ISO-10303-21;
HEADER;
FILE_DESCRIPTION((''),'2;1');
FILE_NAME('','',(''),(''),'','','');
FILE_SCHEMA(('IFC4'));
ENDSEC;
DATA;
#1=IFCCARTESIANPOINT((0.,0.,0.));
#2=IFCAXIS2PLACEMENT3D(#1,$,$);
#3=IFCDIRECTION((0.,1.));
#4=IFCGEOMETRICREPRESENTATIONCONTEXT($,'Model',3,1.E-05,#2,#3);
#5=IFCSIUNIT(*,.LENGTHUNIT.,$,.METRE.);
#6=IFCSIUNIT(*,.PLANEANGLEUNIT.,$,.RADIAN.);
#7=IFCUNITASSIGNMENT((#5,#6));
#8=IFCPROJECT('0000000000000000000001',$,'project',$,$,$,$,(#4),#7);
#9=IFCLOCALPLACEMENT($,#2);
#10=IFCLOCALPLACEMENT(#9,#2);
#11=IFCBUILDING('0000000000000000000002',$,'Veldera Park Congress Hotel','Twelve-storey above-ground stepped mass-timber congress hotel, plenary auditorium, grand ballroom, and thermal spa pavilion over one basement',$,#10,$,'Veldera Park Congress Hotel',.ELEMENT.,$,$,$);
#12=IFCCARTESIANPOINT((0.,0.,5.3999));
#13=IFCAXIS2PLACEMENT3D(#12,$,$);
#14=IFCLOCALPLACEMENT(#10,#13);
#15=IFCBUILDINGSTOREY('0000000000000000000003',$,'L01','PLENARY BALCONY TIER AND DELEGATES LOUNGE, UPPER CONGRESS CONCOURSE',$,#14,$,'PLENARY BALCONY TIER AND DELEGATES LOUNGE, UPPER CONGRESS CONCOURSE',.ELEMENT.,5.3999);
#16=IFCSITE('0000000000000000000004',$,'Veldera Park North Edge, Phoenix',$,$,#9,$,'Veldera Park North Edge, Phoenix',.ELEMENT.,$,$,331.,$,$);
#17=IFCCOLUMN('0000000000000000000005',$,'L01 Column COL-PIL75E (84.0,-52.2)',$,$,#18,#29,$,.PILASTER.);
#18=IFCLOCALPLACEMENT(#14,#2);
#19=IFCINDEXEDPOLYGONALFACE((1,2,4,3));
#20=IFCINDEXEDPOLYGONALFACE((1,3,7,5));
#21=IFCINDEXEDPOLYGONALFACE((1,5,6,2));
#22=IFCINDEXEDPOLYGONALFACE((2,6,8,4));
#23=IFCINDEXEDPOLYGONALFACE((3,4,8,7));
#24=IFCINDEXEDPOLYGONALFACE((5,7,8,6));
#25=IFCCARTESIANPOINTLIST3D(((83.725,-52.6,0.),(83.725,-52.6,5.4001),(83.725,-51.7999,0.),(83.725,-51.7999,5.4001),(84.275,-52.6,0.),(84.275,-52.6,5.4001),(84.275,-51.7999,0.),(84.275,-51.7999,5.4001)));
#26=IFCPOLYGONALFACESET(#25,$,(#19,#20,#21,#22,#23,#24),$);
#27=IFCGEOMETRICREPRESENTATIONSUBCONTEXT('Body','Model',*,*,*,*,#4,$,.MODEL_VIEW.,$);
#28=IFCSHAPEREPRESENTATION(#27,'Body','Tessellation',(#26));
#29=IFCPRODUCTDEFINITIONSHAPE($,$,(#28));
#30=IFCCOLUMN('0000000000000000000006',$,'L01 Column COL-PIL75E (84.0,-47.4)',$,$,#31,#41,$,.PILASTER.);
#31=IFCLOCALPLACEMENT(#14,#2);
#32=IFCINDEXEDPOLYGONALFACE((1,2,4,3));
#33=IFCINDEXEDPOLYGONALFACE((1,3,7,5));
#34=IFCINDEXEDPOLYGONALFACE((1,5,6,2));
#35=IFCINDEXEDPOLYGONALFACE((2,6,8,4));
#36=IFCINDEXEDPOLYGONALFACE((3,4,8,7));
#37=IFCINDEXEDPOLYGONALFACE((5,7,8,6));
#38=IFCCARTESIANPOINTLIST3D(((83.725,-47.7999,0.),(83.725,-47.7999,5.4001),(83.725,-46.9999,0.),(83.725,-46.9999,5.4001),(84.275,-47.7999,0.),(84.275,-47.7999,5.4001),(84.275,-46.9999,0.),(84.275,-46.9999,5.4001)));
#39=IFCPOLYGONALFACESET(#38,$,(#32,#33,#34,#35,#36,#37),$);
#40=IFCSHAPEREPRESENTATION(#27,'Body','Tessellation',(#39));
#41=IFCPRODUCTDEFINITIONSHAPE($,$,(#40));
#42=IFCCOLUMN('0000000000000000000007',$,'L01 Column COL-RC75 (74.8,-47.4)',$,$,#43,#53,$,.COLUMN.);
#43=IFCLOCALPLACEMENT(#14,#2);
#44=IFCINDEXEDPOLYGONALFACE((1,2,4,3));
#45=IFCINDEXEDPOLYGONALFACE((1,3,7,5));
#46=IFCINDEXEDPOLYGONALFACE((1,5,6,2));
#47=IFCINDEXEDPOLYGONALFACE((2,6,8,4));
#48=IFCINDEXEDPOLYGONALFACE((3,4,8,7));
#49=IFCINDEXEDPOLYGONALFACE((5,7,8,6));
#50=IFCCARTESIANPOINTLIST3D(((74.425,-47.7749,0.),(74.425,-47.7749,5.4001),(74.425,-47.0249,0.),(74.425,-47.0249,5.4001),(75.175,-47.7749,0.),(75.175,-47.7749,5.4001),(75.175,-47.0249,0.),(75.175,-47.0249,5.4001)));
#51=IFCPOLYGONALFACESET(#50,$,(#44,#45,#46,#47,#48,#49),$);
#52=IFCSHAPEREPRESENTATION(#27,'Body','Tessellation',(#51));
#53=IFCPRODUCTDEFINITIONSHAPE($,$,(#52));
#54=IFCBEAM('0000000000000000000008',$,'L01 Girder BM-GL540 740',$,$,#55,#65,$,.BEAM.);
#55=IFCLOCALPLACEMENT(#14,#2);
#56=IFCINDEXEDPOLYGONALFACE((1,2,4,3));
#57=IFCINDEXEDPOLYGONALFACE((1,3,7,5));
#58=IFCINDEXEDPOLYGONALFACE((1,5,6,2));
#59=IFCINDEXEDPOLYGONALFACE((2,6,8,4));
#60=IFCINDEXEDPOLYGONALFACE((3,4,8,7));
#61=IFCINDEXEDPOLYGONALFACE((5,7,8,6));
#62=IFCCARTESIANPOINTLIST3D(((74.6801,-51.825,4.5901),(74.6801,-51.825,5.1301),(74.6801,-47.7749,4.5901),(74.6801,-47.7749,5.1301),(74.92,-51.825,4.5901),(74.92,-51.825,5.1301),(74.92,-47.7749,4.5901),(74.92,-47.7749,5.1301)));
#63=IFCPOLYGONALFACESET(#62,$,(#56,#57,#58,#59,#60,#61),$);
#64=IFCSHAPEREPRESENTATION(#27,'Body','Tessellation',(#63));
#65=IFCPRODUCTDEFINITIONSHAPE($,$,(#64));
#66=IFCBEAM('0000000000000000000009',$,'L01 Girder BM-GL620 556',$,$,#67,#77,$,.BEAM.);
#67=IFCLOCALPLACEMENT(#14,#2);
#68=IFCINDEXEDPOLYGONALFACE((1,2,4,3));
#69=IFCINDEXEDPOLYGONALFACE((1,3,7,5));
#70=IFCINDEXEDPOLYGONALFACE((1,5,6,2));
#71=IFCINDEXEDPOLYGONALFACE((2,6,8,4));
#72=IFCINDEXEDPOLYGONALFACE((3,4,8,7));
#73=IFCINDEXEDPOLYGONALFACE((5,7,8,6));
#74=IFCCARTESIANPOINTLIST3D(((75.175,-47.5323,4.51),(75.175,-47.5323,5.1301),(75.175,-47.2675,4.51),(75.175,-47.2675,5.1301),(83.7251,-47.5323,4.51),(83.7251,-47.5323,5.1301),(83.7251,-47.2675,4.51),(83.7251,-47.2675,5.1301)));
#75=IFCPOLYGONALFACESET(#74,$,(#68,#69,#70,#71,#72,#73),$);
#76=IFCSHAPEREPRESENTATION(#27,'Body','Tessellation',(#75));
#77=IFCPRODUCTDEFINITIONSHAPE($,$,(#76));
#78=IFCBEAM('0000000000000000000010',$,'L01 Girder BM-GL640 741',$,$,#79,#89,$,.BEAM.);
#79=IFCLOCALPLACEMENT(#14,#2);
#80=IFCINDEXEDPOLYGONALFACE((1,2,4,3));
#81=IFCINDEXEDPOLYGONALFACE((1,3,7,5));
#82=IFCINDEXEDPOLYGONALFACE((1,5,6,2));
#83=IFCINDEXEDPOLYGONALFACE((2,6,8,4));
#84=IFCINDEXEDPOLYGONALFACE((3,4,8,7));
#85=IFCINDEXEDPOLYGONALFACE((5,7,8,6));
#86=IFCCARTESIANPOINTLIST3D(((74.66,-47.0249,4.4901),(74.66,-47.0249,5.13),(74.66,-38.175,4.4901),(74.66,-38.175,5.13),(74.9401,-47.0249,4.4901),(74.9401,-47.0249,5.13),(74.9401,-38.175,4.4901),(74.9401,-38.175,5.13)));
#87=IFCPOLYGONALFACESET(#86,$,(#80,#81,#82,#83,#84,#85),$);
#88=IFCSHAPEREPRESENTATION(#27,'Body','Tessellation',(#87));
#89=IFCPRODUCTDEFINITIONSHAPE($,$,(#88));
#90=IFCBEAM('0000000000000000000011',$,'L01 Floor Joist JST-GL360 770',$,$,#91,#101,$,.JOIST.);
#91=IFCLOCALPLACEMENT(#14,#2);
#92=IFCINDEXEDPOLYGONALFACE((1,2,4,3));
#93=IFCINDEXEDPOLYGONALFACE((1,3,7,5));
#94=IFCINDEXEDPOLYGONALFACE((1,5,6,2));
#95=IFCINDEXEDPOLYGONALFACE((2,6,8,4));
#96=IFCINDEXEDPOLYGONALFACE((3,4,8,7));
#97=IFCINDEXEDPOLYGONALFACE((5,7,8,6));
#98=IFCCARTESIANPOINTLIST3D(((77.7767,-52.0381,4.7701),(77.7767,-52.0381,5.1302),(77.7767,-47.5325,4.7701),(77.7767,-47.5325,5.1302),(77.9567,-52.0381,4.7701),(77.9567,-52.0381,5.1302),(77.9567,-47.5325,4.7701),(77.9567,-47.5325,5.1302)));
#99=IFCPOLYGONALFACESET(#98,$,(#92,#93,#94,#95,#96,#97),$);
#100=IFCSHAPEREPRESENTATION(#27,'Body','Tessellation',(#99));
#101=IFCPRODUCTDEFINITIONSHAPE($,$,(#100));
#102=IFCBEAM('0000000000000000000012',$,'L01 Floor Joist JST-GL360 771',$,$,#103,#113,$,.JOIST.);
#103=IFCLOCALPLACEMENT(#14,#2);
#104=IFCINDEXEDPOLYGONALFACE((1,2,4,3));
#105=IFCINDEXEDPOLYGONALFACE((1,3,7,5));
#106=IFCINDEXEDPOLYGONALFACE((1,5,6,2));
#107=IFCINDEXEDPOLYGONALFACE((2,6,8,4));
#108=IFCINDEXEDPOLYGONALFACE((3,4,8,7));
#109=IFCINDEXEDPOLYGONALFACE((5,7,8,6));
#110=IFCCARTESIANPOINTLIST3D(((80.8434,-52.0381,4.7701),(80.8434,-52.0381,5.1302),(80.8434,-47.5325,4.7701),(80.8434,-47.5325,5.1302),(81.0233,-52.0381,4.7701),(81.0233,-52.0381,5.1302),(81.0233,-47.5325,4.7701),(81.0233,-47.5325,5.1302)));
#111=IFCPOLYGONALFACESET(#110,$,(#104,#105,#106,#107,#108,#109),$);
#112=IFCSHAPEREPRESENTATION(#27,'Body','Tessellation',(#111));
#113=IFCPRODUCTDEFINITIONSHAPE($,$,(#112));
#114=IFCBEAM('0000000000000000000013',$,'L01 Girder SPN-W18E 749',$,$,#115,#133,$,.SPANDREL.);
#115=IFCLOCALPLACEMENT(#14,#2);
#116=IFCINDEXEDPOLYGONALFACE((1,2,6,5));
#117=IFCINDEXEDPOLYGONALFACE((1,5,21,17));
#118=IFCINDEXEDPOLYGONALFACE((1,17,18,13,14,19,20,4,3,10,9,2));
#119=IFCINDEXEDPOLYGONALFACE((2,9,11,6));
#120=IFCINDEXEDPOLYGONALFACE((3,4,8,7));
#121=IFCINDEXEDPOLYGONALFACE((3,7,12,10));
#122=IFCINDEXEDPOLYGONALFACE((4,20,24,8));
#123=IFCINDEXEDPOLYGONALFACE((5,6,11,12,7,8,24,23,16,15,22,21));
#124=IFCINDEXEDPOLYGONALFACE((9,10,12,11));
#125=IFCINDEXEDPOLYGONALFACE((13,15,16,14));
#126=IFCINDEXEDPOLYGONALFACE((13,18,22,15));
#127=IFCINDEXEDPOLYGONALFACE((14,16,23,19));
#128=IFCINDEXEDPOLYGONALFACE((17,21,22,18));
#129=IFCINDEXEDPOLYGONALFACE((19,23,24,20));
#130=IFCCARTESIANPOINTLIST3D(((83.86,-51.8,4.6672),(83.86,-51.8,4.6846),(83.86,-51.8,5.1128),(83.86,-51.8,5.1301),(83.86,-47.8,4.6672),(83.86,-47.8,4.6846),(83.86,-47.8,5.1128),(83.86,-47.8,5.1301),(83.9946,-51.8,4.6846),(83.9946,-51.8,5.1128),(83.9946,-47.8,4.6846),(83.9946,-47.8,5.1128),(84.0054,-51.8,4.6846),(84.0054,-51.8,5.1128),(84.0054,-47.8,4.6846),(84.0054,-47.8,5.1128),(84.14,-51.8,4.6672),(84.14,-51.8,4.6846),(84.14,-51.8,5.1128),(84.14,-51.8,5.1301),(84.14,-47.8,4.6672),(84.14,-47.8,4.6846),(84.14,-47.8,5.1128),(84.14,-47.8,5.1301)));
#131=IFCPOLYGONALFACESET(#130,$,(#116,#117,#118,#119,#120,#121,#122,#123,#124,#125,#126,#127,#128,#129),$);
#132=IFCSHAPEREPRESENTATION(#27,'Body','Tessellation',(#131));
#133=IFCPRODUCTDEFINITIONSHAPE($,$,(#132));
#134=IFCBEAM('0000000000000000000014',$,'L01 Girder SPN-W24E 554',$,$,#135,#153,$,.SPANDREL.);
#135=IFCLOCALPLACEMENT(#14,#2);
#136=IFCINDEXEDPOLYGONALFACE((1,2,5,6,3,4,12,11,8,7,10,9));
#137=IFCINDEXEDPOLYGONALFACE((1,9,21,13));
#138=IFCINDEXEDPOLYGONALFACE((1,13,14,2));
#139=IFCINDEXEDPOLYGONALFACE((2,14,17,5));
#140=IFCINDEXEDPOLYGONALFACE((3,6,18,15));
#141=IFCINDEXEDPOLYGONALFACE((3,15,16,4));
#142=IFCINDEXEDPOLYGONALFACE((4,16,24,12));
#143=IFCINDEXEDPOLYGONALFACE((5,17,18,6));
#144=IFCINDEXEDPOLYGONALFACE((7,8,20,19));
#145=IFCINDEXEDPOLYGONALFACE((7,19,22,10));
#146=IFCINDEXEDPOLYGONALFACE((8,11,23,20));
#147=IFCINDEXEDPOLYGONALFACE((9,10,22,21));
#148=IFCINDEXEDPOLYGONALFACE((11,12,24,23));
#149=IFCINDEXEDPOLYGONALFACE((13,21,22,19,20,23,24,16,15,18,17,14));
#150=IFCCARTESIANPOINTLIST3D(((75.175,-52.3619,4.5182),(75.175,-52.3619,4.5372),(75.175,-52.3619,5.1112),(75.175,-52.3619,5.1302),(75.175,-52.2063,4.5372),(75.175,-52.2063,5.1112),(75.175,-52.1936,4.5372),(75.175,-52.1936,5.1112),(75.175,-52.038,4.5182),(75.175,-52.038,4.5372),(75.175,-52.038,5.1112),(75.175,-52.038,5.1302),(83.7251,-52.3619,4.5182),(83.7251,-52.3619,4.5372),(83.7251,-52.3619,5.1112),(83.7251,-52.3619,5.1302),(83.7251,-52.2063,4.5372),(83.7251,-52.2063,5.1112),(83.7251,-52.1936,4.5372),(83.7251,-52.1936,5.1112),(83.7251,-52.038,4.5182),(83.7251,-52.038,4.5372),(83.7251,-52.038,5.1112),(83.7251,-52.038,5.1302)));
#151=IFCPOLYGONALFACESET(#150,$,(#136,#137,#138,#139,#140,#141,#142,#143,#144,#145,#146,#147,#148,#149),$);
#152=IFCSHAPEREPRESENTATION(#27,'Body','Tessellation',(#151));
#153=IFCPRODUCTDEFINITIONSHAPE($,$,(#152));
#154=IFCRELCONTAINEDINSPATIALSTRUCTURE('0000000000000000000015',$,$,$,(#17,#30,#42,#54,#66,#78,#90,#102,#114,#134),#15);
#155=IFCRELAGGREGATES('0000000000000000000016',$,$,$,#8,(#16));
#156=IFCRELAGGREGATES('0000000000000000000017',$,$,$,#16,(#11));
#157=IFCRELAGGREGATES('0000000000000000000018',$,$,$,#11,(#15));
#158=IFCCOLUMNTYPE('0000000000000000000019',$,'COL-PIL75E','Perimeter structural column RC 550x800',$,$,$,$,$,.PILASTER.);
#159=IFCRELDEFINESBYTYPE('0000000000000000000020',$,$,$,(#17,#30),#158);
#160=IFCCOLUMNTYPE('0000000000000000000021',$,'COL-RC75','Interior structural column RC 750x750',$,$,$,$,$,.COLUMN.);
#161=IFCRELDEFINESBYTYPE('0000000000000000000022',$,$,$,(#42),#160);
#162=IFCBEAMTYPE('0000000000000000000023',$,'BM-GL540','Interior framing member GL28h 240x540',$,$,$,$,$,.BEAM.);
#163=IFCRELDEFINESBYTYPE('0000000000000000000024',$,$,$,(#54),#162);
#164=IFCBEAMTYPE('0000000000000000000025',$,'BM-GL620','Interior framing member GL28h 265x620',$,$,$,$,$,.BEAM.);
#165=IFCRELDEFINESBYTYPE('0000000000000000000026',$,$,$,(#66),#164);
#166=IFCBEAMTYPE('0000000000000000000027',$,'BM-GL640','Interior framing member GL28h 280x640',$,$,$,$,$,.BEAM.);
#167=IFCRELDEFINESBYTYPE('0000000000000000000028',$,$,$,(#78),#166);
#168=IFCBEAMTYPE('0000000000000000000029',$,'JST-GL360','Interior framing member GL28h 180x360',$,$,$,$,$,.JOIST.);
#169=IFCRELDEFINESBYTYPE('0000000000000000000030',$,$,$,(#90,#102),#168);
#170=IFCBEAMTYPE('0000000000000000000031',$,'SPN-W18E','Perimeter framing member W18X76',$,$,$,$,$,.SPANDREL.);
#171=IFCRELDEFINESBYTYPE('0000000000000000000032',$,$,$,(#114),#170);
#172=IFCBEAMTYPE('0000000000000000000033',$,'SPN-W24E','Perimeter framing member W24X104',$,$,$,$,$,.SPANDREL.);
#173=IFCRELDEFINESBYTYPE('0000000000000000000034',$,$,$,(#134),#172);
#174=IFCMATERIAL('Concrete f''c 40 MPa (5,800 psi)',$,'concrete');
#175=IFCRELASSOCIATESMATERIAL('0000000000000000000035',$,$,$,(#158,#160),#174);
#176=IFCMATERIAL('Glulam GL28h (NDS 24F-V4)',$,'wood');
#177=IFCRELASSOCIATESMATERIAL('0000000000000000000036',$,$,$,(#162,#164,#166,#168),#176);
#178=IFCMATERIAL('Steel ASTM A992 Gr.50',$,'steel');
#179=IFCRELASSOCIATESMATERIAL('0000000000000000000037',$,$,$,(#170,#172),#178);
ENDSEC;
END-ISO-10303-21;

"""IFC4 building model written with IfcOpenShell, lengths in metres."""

from ifc_helpers import new_model, si_unit, direction, frame, origin, origin_2d, place, context, subcontext, project, spatial, rectangle, i_section, extrude, material, material_profile, profile_set, type_object, element, save


model = new_model("IFC4")

# Units and contexts
model_context = context("Model", 3, precision=1e-05, world=origin(), true_north=direction((0.0, 1.0)))
body_context = subcontext(model_context, "Body", "Model", "MODEL_VIEW")
ifc_project = project(units=[si_unit("LENGTHUNIT", "METRE"), si_unit("PLANEANGLEUNIT", "RADIAN")], contexts=[model_context])

# Site, building, storey
site_placement = place(None, origin())
site = spatial("IfcSite", under=ifc_project, at=site_placement, Name="Veldera Park North Edge, Phoenix", LongName="Veldera Park North Edge, Phoenix", CompositionType="ELEMENT", RefElevation=331.0)
building_placement = place(site_placement, origin())
building = spatial("IfcBuilding", under=site, at=building_placement, Name="Veldera Park Congress Hotel", Description="Twelve-storey above-ground stepped mass-timber congress hotel, plenary auditorium, grand ballroom, and thermal spa pavilion over one basement", LongName="Veldera Park Congress Hotel", CompositionType="ELEMENT")
storey_placement = place(building_placement, frame((0.0, 0.0, 5.3999)))
storey = spatial("IfcBuildingStorey", under=building, at=storey_placement, Name="L01", Description="PLENARY BALCONY TIER AND DELEGATES LOUNGE, UPPER CONGRESS CONCOURSE", LongName="PLENARY BALCONY TIER AND DELEGATES LOUNGE, UPPER CONGRESS CONCOURSE", CompositionType="ELEMENT", Elevation=5.3999)

# Columns
ifc_material_1 = material(Name="Concrete f'c 40 MPa (5,800 psi)", Category="concrete")
ifc_material_profile_1 = material_profile(ifc_material_1, rectangle(XDim=0.55, YDim=0.8, at=origin_2d()), Name="RC 550x800")
ifc_profile_set_1 = profile_set([ifc_material_profile_1], Name="Concrete f'c 40 MPa (5,800 psi)")
column_type_1 = type_object("IfcColumnType", Name="COL-PIL75E", Description="Perimeter structural column RC 550x800", PredefinedType="PILASTER", material=ifc_profile_set_1)
for number, where, z_axis, x_axis, name in (
    (1, (84.0, -52.2, 0.0), (0.0, 0.0, 1.0), (1.0, 0.0, 0.0), "L01 Column COL-PIL75E (84.0,-52.2)"),
    (2, (84.0, -47.3999, 0.0), (0.0, 0.0, 1.0), (1.0, 0.0, 0.0), "L01 Column COL-PIL75E (84.0,-47.4)"),
):
    element("IfcColumn", number, at=place(storey_placement, frame(where, z_axis=z_axis, x_axis=x_axis)), inside=storey, type_object=column_type_1, Name=name, PredefinedType="PILASTER", context=body_context, shape_type="SweptSolid", body=[
        extrude(rectangle(XDim=0.55, YDim=0.8, at=origin_2d()), origin(), (0.0, 0.0, 1.0), 5.4001),
    ])
ifc_material_profile_2 = material_profile(ifc_material_1, rectangle(XDim=0.75, YDim=0.75, at=origin_2d()), Name="RC 750x750")
ifc_profile_set_2 = profile_set([ifc_material_profile_2], Name="Concrete f'c 40 MPa (5,800 psi)")
column_type_2 = type_object("IfcColumnType", Name="COL-RC75", Description="Interior structural column RC 750x750", PredefinedType="COLUMN", material=ifc_profile_set_2)
column_placement = place(storey_placement, frame((74.8, -47.3999, 0.0), z_axis=(0.0, 0.0, 1.0), x_axis=(1.0, 0.0, 0.0)))
element("IfcColumn", 3, at=column_placement, inside=storey, type_object=column_type_2, Name="L01 Column COL-RC75 (74.8,-47.4)", PredefinedType="COLUMN", context=body_context, shape_type="SweptSolid", body=[
    extrude(rectangle(XDim=0.75, YDim=0.75, at=origin_2d()), origin(), (0.0, 0.0, 1.0), 5.4001),
])

# Beams
ifc_material_2 = material(Name="Glulam GL28h (NDS 24F-V4)", Category="wood")
ifc_material_profile_3 = material_profile(ifc_material_2, rectangle(XDim=0.24, YDim=0.54, at=origin_2d()), Name="GL28h 240x540")
ifc_profile_set_3 = profile_set([ifc_material_profile_3], Name="Glulam GL28h (NDS 24F-V4)")
beam_type_1 = type_object("IfcBeamType", Name="BM-GL540", Description="Interior framing member GL28h 240x540", PredefinedType="BEAM", material=ifc_profile_set_3)
beam_1_placement = place(storey_placement, frame((74.8, -51.825, 4.8601), z_axis=(0.0, 1.0, 0.0), x_axis=(-1.0, 0.0, 0.0)))
element("IfcBeam", 4, at=beam_1_placement, inside=storey, type_object=beam_type_1, Name="L01 Girder BM-GL540 740", PredefinedType="BEAM", context=body_context, shape_type="SweptSolid", body=[
    extrude(rectangle(XDim=0.24, YDim=0.54, at=origin_2d()), origin(), (0.0, 0.0, 1.0), 4.05),
])
ifc_material_profile_4 = material_profile(ifc_material_2, rectangle(XDim=0.2649, YDim=0.6201, at=origin_2d()), Name="GL28h 265x620")
ifc_profile_set_4 = profile_set([ifc_material_profile_4], Name="Glulam GL28h (NDS 24F-V4)")
beam_type_2 = type_object("IfcBeamType", Name="BM-GL620", Description="Interior framing member GL28h 265x620", PredefinedType="BEAM", material=ifc_profile_set_4)
beam_2_placement = place(storey_placement, frame((75.175, -47.3999, 4.8201), z_axis=(1.0, 0.0, 0.0), x_axis=(0.0, 1.0, 0.0)))
element("IfcBeam", 5, at=beam_2_placement, inside=storey, type_object=beam_type_2, Name="L01 Girder BM-GL620 556", PredefinedType="BEAM", context=body_context, shape_type="SweptSolid", body=[
    extrude(rectangle(XDim=0.2649, YDim=0.6201, at=origin_2d()), origin(), (0.0, 0.0, 1.0), 8.55),
])
ifc_material_profile_5 = material_profile(ifc_material_2, rectangle(XDim=0.28, YDim=0.6399, at=origin_2d()), Name="GL28h 280x640")
ifc_profile_set_5 = profile_set([ifc_material_profile_5], Name="Glulam GL28h (NDS 24F-V4)")
beam_type_3 = type_object("IfcBeamType", Name="BM-GL640", Description="Interior framing member GL28h 280x640", PredefinedType="BEAM", material=ifc_profile_set_5)
beam_3_placement = place(storey_placement, frame((74.8, -47.0249, 4.8101), z_axis=(0.0, 1.0, 0.0), x_axis=(-1.0, 0.0, 0.0)))
element("IfcBeam", 6, at=beam_3_placement, inside=storey, type_object=beam_type_3, Name="L01 Girder BM-GL640 741", PredefinedType="BEAM", context=body_context, shape_type="SweptSolid", body=[
    extrude(rectangle(XDim=0.28, YDim=0.6399, at=origin_2d()), origin(), (0.0, 0.0, 1.0), 8.8499),
])
ifc_material_profile_6 = material_profile(ifc_material_2, rectangle(XDim=0.1799, YDim=0.3601, at=origin_2d()), Name="GL28h 180x360")
ifc_profile_set_6 = profile_set([ifc_material_profile_6], Name="Glulam GL28h (NDS 24F-V4)")
beam_type_4 = type_object("IfcBeamType", Name="JST-GL360", Description="Interior framing member GL28h 180x360", PredefinedType="JOIST", material=ifc_profile_set_6)
for number, where, z_axis, x_axis, name in (
    (7, (77.8667, -52.0381, 4.9502), (0.0, 1.0, 0.0), (-1.0, 0.0, 0.0), "L01 Floor Joist JST-GL360 770"),
    (8, (80.9333, -52.0381, 4.9502), (0.0, 1.0, 0.0), (-1.0, 0.0, 0.0), "L01 Floor Joist JST-GL360 771"),
):
    element("IfcBeam", number, at=place(storey_placement, frame(where, z_axis=z_axis, x_axis=x_axis)), inside=storey, type_object=beam_type_4, Name=name, PredefinedType="JOIST", context=body_context, shape_type="SweptSolid", body=[
        extrude(rectangle(XDim=0.1799, YDim=0.3601, at=origin_2d()), origin(), (0.0, 0.0, 1.0), 4.5056),
    ])
ifc_material_3 = material(Name="Steel ASTM A992 Gr.50", Category="steel")
ifc_material_profile_7 = material_profile(ifc_material_3, i_section(OverallWidth=0.28, OverallDepth=0.4629, WebThickness=0.0107, FlangeThickness=0.0173, at=origin_2d()), Name="W18X76")
ifc_profile_set_7 = profile_set([ifc_material_profile_7], Name="Steel ASTM A992 Gr.50")
beam_type_5 = type_object("IfcBeamType", Name="SPN-W18E", Description="Perimeter framing member W18X76", PredefinedType="SPANDREL", material=ifc_profile_set_7)
beam_4_placement = place(storey_placement, frame((84.0, -51.8, 4.8987), z_axis=(0.0, 1.0, 0.0), x_axis=(-1.0, 0.0, 0.0)))
element("IfcBeam", 9, at=beam_4_placement, inside=storey, type_object=beam_type_5, Name="L01 Girder SPN-W18E 749", PredefinedType="SPANDREL", context=body_context, shape_type="SweptSolid", body=[
    extrude(i_section(OverallWidth=0.28, OverallDepth=0.4629, WebThickness=0.0107, FlangeThickness=0.0173, at=origin_2d()), origin(), (0.0, 0.0, 1.0), 4.0),
])
ifc_material_profile_8 = material_profile(ifc_material_3, i_section(OverallWidth=0.324, OverallDepth=0.6121, WebThickness=0.0127, FlangeThickness=0.019, at=origin_2d()), Name="W24X104")
ifc_profile_set_8 = profile_set([ifc_material_profile_8], Name="Steel ASTM A992 Gr.50")
beam_type_6 = type_object("IfcBeamType", Name="SPN-W24E", Description="Perimeter framing member W24X104", PredefinedType="SPANDREL", material=ifc_profile_set_8)
beam_5_placement = place(storey_placement, frame((75.175, -52.2, 4.8242), z_axis=(1.0, 0.0, 0.0), x_axis=(0.0, 1.0, 0.0)))
element("IfcBeam", 10, at=beam_5_placement, inside=storey, type_object=beam_type_6, Name="L01 Girder SPN-W24E 554", PredefinedType="SPANDREL", context=body_context, shape_type="SweptSolid", body=[
    extrude(i_section(OverallWidth=0.324, OverallDepth=0.6121, WebThickness=0.0127, FlangeThickness=0.019, at=origin_2d()), origin(), (0.0, 0.0, 1.0), 8.55),
])

save(model, "model.ifc")
